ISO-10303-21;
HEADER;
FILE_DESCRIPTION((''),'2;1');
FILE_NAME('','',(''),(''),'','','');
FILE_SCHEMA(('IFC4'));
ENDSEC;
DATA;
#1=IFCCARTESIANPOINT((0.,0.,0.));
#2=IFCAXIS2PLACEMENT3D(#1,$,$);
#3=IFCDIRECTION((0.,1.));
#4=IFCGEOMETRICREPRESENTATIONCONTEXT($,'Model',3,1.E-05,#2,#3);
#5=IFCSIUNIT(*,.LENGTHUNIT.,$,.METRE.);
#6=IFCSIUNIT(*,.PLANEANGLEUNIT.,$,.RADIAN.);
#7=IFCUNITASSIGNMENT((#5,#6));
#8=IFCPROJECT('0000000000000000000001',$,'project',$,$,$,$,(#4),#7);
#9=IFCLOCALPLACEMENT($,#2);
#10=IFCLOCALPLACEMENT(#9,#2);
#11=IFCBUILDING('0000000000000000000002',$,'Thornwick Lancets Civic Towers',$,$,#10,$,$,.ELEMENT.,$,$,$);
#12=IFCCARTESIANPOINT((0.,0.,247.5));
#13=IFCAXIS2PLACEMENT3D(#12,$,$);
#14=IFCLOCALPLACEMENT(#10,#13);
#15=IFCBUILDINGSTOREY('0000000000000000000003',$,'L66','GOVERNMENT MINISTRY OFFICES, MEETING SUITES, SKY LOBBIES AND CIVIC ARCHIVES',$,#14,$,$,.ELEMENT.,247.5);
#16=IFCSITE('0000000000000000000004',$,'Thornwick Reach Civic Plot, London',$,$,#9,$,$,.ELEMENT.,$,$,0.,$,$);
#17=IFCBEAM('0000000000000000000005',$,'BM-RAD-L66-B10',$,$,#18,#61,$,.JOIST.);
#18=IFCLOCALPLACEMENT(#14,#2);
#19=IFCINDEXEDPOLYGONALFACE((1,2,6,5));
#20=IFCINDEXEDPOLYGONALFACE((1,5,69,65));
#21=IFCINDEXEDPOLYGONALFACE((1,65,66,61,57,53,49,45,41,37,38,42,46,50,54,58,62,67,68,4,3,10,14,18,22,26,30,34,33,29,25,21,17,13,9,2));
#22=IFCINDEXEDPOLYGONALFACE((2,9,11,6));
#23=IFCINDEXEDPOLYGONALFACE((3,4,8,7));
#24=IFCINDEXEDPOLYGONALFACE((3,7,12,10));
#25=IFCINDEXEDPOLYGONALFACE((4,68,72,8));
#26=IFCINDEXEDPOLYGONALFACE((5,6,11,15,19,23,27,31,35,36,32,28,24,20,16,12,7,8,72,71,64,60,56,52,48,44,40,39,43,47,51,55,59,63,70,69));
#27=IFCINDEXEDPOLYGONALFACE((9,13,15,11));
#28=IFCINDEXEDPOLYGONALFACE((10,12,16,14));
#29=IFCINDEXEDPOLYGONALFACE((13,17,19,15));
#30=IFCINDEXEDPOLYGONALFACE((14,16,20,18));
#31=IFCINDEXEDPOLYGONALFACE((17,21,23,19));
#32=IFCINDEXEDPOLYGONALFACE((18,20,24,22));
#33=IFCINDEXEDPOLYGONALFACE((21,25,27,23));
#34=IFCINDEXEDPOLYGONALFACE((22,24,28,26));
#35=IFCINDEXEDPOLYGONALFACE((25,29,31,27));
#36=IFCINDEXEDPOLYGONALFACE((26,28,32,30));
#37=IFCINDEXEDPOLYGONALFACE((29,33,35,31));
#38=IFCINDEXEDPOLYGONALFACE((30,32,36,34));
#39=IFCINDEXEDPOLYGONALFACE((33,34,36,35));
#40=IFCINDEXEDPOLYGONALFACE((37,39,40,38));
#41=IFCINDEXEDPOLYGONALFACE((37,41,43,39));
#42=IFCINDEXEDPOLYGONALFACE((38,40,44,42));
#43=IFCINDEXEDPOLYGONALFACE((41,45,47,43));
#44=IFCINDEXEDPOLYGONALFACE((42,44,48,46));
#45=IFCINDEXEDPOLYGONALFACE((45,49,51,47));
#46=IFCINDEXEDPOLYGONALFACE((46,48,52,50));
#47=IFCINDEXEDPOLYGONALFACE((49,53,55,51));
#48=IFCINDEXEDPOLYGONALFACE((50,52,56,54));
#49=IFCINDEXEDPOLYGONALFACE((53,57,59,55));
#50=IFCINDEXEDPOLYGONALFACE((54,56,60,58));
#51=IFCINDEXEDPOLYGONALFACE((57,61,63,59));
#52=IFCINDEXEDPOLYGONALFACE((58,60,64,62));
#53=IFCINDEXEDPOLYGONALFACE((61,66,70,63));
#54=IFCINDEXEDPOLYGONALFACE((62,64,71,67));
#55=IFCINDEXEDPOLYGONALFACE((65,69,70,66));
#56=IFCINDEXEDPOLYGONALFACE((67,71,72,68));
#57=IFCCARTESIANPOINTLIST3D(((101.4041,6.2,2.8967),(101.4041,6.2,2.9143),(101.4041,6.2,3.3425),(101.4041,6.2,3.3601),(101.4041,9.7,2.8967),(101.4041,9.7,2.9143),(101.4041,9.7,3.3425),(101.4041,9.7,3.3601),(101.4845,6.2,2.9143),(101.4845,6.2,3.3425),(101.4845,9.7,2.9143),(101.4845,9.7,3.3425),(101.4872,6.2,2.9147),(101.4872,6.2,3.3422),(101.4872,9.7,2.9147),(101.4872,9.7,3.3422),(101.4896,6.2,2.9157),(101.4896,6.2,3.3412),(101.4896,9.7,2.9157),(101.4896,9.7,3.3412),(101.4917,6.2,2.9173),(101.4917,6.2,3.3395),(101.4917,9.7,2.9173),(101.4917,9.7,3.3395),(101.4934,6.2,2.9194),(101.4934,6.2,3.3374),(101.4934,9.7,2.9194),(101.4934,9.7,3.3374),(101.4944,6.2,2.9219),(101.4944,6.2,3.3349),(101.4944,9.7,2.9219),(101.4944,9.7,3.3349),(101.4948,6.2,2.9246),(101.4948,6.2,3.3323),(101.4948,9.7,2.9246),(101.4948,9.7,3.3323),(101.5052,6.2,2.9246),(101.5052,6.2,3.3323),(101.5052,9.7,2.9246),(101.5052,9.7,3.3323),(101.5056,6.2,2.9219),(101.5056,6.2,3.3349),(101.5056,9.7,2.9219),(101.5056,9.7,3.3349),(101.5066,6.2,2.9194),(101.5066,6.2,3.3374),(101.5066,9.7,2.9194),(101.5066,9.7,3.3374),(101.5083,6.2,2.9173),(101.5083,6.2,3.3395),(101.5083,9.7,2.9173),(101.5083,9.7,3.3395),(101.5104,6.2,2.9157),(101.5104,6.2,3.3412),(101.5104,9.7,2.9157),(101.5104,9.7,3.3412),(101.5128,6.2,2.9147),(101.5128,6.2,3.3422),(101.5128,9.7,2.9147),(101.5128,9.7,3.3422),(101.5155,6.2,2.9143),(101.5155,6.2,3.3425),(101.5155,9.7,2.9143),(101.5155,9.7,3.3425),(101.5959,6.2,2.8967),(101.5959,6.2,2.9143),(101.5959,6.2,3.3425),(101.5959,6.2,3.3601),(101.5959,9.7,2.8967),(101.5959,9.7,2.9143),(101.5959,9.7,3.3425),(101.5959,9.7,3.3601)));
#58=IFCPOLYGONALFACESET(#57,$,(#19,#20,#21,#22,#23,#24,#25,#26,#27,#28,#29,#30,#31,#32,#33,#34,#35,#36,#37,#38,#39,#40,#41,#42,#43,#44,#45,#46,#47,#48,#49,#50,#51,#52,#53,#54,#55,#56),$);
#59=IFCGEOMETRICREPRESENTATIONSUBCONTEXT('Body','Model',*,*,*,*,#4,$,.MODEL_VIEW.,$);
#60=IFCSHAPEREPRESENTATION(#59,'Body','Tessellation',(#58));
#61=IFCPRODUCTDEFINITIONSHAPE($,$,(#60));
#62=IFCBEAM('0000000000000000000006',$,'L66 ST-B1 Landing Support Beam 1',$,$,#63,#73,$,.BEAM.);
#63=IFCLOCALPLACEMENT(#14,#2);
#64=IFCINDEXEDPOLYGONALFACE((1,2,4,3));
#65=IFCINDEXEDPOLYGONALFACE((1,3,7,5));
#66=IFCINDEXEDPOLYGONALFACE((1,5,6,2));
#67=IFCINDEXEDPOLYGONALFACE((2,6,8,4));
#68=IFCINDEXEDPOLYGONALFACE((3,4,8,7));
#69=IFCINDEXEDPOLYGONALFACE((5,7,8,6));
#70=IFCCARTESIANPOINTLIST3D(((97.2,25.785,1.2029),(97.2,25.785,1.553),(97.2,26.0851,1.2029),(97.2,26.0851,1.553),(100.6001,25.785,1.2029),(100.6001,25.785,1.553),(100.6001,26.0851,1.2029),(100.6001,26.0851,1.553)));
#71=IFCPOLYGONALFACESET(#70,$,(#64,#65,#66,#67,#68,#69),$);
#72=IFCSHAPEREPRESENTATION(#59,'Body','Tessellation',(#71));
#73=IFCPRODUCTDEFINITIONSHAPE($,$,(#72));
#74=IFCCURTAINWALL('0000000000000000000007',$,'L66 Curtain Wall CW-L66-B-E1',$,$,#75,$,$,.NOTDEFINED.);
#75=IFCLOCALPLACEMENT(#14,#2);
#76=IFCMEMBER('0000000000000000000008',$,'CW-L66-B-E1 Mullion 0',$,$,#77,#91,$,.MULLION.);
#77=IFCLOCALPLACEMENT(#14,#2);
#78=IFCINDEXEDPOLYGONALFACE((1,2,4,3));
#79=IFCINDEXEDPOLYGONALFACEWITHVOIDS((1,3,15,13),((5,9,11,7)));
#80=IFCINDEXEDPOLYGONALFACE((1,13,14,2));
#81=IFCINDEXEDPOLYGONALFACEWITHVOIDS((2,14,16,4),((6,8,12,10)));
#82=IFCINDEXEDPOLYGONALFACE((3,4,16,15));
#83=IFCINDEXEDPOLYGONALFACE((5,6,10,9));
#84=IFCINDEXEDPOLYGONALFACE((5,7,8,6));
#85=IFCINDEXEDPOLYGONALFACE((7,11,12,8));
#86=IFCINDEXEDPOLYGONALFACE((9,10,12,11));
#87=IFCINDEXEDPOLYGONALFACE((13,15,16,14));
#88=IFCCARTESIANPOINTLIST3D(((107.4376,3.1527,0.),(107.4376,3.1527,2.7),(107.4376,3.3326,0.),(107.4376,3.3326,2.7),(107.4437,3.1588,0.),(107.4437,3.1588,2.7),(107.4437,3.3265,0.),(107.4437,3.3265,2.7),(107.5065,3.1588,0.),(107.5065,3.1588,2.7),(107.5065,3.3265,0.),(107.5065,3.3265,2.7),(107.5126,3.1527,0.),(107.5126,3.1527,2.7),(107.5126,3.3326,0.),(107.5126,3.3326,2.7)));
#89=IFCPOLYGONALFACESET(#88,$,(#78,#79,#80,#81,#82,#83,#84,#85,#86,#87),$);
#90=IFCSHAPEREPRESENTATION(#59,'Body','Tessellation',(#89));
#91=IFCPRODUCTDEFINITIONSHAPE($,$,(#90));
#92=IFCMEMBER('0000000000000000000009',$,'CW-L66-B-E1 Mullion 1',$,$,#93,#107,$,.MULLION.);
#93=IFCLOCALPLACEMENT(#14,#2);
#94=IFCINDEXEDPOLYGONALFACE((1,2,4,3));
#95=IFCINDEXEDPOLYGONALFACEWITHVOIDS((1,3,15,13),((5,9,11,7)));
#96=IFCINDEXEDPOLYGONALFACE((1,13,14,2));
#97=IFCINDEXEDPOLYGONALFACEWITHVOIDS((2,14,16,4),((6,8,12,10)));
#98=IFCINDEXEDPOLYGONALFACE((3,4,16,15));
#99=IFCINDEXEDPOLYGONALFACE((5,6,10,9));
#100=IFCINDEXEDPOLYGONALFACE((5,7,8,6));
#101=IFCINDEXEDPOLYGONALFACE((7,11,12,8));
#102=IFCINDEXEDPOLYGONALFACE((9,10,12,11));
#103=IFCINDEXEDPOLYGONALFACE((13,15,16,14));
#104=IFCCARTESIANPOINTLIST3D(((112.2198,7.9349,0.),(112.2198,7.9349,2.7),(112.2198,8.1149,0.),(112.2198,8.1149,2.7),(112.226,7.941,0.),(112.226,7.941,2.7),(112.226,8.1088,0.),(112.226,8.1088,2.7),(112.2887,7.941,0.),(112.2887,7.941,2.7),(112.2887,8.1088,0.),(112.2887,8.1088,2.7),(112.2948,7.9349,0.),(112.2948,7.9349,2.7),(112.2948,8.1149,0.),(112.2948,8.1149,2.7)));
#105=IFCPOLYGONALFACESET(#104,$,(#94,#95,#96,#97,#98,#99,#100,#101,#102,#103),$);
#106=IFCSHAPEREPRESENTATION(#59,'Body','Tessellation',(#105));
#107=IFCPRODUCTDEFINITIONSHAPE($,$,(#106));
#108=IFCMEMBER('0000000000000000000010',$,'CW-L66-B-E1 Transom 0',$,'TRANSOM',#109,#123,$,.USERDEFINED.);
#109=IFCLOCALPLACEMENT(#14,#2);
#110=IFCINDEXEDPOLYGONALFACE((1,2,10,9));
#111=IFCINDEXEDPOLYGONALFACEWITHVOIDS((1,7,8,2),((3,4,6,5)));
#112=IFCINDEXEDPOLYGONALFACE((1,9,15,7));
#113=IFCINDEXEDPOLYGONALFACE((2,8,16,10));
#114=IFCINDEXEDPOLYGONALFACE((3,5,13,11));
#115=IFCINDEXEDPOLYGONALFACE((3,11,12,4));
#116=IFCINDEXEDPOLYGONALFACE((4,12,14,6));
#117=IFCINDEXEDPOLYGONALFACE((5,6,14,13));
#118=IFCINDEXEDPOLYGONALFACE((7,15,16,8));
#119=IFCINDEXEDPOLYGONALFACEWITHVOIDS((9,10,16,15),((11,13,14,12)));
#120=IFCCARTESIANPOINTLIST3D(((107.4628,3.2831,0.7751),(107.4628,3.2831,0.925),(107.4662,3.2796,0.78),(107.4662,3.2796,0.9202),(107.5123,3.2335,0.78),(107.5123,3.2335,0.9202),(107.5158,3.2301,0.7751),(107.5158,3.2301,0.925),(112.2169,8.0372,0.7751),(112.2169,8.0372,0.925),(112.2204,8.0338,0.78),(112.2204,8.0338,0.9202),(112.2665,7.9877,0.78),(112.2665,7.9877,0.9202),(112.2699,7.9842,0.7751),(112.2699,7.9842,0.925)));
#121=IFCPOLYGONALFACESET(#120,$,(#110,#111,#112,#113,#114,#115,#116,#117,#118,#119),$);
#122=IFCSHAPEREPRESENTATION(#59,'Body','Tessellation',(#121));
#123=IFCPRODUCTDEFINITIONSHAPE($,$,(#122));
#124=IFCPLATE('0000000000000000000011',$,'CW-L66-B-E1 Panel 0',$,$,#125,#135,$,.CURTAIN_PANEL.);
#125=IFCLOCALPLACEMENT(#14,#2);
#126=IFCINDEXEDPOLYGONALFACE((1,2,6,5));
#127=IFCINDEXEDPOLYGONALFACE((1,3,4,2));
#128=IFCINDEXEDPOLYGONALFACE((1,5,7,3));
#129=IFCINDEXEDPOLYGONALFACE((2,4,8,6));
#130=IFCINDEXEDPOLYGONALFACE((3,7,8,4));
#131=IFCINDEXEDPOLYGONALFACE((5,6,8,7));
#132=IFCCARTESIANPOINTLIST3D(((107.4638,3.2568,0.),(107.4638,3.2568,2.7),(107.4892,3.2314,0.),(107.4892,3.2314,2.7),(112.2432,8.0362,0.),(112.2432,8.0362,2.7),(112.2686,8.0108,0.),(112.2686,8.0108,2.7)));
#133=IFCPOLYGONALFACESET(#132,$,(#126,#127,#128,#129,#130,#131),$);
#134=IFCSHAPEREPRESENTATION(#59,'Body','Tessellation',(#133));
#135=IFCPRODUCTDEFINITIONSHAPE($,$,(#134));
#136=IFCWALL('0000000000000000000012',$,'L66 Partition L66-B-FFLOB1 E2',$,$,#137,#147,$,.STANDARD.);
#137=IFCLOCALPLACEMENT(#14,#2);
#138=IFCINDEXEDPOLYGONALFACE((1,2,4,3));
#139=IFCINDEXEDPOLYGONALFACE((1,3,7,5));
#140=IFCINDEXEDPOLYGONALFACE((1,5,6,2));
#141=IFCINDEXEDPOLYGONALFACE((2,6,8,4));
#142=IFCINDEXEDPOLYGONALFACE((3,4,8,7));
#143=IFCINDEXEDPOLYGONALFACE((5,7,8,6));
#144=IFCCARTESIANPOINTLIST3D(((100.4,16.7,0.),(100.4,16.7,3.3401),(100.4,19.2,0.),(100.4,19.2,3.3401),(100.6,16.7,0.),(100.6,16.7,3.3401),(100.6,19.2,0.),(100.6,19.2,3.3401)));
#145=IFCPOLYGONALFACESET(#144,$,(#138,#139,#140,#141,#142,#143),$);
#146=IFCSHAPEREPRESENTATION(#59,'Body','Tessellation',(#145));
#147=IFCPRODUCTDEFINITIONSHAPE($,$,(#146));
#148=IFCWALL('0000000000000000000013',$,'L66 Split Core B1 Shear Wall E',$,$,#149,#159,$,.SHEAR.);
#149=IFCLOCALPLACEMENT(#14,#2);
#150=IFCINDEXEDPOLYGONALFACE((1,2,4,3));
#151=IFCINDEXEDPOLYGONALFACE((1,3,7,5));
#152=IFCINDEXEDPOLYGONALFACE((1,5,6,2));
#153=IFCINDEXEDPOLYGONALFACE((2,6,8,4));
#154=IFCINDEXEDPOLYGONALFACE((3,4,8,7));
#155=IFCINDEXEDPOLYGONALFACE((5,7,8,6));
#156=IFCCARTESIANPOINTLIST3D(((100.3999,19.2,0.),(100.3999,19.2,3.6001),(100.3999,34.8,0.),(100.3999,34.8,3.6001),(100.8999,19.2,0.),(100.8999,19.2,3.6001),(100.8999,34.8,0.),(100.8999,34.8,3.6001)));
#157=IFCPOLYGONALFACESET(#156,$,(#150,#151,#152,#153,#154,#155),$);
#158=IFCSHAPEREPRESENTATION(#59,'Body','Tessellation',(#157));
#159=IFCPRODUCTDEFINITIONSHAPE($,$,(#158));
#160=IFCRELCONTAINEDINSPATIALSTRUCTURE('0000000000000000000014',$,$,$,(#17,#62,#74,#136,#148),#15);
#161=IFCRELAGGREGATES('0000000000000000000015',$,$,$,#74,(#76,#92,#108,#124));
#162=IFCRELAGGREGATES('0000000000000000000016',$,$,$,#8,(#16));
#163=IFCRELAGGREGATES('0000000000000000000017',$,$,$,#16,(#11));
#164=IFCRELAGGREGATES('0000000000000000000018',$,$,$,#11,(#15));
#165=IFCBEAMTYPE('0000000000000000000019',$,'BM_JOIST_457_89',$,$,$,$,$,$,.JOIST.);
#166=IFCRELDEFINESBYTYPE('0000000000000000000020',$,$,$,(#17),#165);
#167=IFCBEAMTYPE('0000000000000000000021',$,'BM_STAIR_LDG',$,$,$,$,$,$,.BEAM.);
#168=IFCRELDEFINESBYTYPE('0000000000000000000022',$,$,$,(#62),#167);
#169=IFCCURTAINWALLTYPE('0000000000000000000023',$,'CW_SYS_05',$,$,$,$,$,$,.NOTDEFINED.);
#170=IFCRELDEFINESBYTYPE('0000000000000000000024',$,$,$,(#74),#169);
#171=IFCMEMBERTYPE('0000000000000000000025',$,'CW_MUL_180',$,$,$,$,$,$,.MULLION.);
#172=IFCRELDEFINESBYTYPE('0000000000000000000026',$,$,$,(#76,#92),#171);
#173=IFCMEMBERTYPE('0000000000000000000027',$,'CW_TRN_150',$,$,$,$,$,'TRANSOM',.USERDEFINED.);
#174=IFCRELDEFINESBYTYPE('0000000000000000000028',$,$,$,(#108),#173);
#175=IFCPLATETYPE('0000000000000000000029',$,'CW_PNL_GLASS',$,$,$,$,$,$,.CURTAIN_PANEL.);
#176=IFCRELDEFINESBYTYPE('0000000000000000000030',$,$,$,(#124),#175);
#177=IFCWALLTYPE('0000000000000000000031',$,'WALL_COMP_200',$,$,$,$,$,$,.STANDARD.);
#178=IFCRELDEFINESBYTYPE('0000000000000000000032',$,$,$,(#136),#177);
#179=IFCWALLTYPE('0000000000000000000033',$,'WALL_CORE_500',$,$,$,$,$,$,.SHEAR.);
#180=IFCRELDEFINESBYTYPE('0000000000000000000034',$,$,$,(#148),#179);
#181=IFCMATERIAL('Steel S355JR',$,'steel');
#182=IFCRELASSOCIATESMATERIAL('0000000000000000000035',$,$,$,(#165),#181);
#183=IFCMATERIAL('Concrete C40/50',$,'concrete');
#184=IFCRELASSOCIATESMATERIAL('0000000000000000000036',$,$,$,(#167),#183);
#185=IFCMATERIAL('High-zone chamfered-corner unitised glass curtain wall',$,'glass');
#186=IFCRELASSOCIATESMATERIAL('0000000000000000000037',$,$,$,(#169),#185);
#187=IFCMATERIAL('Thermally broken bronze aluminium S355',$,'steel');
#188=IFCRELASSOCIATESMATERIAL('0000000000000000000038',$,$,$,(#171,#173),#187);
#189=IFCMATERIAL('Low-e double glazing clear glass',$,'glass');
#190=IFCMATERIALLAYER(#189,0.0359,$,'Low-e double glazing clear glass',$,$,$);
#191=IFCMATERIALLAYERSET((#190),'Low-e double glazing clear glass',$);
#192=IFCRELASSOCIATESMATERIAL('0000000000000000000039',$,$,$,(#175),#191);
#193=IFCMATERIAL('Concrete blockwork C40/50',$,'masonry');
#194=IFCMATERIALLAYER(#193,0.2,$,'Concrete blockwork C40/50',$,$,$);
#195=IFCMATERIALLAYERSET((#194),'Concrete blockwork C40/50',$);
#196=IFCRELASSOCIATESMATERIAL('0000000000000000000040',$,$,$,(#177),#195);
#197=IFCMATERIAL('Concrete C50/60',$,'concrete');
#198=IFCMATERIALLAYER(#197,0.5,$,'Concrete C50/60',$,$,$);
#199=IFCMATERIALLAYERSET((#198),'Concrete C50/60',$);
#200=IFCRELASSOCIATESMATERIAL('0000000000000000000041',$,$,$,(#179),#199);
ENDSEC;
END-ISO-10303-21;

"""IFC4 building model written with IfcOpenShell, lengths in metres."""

from ifc_helpers import new_model, si_unit, direction, frame, frame_2d, origin, origin_2d, place, context, subcontext, project, spatial, rectangle, hollow_rectangle, i_section, extrude, material, layer, layer_set, material_profile, profile_set, type_object, element, aggregate, save


model = new_model("IFC4")

# Units and contexts
model_context = context("Model", 3, precision=1e-05, world=origin(), true_north=direction((0.0, 1.0)))
body_context = subcontext(model_context, "Body", "Model", "MODEL_VIEW")
ifc_project = project(units=[si_unit("LENGTHUNIT", "METRE"), si_unit("PLANEANGLEUNIT", "RADIAN")], contexts=[model_context])

# Site, building, storey
site_placement = place(None, origin())
site = spatial("IfcSite", under=ifc_project, at=site_placement, Name="Thornwick Reach Civic Plot, London", CompositionType="ELEMENT", RefElevation=0.0)
building_placement = place(site_placement, origin())
building = spatial("IfcBuilding", under=site, at=building_placement, Name="Thornwick Lancets Civic Towers", CompositionType="ELEMENT")
storey_placement = place(building_placement, frame((0.0, 0.0, 247.5)))
storey = spatial("IfcBuildingStorey", under=building, at=storey_placement, Name="L66", Description="GOVERNMENT MINISTRY OFFICES, MEETING SUITES, SKY LOBBIES AND CIVIC ARCHIVES", CompositionType="ELEMENT", Elevation=247.5)

# Shared definitions
ifc_material_1 = material(Name="Concrete C50/60", Category="concrete")
ifc_material_2 = material(Name="Steel S355JR", Category="steel")

# Beams
ifc_material_profile_1 = material_profile(ifc_material_2, i_section(OverallWidth=0.1919, OverallDepth=0.4634, WebThickness=0.0105, FlangeThickness=0.0176, FilletRadius=0.0103, at=origin_2d()), Name="UKB 457x191x89")
ifc_profile_set_1 = profile_set([ifc_material_profile_1], Name="Steel S355JR")
beam_type_1 = type_object("IfcBeamType", Name="BM_JOIST_457_89", PredefinedType="JOIST", material=ifc_profile_set_1)
for number, where, z_axis, x_axis, name in (
    (1, (101.5, 9.7, 3.1284), (0.0, -1.0, 0.0), (1.0, 0.0, 0.0), "BM-RAD-L66-B10"),
):
    element("IfcBeam", number, at=place(storey_placement, frame(where, z_axis=z_axis, x_axis=x_axis)), inside=storey, type_object=beam_type_1, Name=name, PredefinedType="JOIST", context=body_context, shape_type="SweptSolid", body=[
        extrude(i_section(OverallWidth=0.1919, OverallDepth=0.4634, WebThickness=0.0105, FlangeThickness=0.0176, FilletRadius=0.0103, at=origin_2d()), origin(), (0.0, 0.0, 1.0), 3.5),
    ])
ifc_material_3 = material(Name="Concrete C40/50", Category="concrete")
ifc_material_profile_2 = material_profile(ifc_material_3, rectangle(XDim=0.3, YDim=0.3501, at=origin_2d()), Name="RC 300x350")
ifc_profile_set_2 = profile_set([ifc_material_profile_2], Name="Concrete C40/50")
beam_type_2 = type_object("IfcBeamType", Name="BM_STAIR_LDG", PredefinedType="BEAM", material=ifc_profile_set_2)
beam_placement = place(storey_placement, frame((100.6001, 25.9351, 1.3779), z_axis=(-1.0, 0.0, 0.0), x_axis=(0.0, -1.0, 0.0)))
element("IfcBeam", 2, at=beam_placement, inside=storey, type_object=beam_type_2, Name="L66 ST-B1 Landing Support Beam 1", PredefinedType="BEAM", context=body_context, shape_type="SweptSolid", body=[
    extrude(rectangle(XDim=0.3, YDim=0.3501, at=origin_2d()), origin(), (0.0, 0.0, 1.0), 3.4001),
])

# Curtain wall, members, plate
ifc_material_4 = material(Name="High-zone chamfered-corner unitised glass curtain wall", Category="glass")
curtain_wall_type = type_object("IfcCurtainWallType", Name="CW_SYS_05", PredefinedType="NOTDEFINED", material=ifc_material_4)
curtain_wall_placement = place(storey_placement, origin())
curtain_wall = element("IfcCurtainWall", 3, at=curtain_wall_placement, inside=storey, type_object=curtain_wall_type, Name="L66 Curtain Wall CW-L66-B-E1", PredefinedType="NOTDEFINED")
ifc_material_5 = material(Name="Thermally broken bronze aluminium S355", Category="steel")
ifc_material_profile_3 = material_profile(ifc_material_5, hollow_rectangle(XDim=0.075, YDim=0.1799, WallThickness=0.0061, at=origin_2d()), Name="RHS 180x75x6")
ifc_profile_set_3 = profile_set([ifc_material_profile_3], Name="Thermally broken bronze aluminium S355")
member_type_1 = type_object("IfcMemberType", Name="CW_MUL_180", PredefinedType="MULLION", material=ifc_profile_set_3)
member_1_placement = place(storey_placement, frame((107.4751, 3.2427, 0.0), z_axis=(0.0, 0.0, 1.0), x_axis=(1.0, 0.0, 0.0)))
member_1 = element("IfcMember", 4, at=member_1_placement, type_object=member_type_1, Name="CW-L66-B-E1 Mullion 0", PredefinedType="MULLION", context=body_context, shape_type="SweptSolid", body=[
    extrude(hollow_rectangle(XDim=0.075, YDim=0.1799, WallThickness=0.0061, at=origin_2d()), origin(), (0.0, 0.0, 1.0), 2.7),
])
member_2_placement = place(storey_placement, frame((112.2573, 8.0249, 0.0), z_axis=(0.0, 0.0, 1.0), x_axis=(1.0, 0.0, 0.0)))
member_2 = element("IfcMember", 5, at=member_2_placement, type_object=member_type_1, Name="CW-L66-B-E1 Mullion 1", PredefinedType="MULLION", context=body_context, shape_type="SweptSolid", body=[
    extrude(hollow_rectangle(XDim=0.075, YDim=0.1799, WallThickness=0.0061, at=origin_2d()), origin(), (0.0, 0.0, 1.0), 2.7),
])
ifc_material_profile_4 = material_profile(ifc_material_5, hollow_rectangle(XDim=0.075, YDim=0.1499, WallThickness=0.0049, at=origin_2d()), Name="RHS 150x75x5")
ifc_profile_set_4 = profile_set([ifc_material_profile_4], Name="Thermally broken bronze aluminium S355")
member_type_2 = type_object("IfcMemberType", Name="CW_TRN_150", ElementType="TRANSOM", PredefinedType="USERDEFINED", material=ifc_profile_set_4)
member_3_placement = place(storey_placement, frame((107.4893, 3.2566, 0.8501), z_axis=(0.707107, 0.707107, 0.0), x_axis=(-0.707107, 0.707107, 0.0)))
member_3 = element("IfcMember", 6, at=member_3_placement, type_object=member_type_2, Name="CW-L66-B-E1 Transom 0", ObjectType="TRANSOM", PredefinedType="USERDEFINED", context=body_context, shape_type="SweptSolid", body=[
    extrude(hollow_rectangle(XDim=0.075, YDim=0.1499, WallThickness=0.0049, at=origin_2d()), origin(), (0.0, 0.0, 1.0), 6.7234),
])
ifc_material_6 = material(Name="Low-e double glazing clear glass", Category="glass")
ifc_layer_1 = layer(ifc_material_6, 0.0359, Name="Low-e double glazing clear glass")
ifc_layer_set_1 = layer_set([ifc_layer_1], Name="Low-e double glazing clear glass")
plate_type = type_object("IfcPlateType", Name="CW_PNL_GLASS", PredefinedType="CURTAIN_PANEL", material=ifc_layer_set_1)
plate_placement = place(storey_placement, frame((109.8662, 5.6338, 0.0), z_axis=(0.0, 0.0, 1.0), x_axis=(0.707107, 0.707107, 0.0)))
plate = element("IfcPlate", 7, at=plate_placement, type_object=plate_type, Name="CW-L66-B-E1 Panel 0", PredefinedType="CURTAIN_PANEL", context=body_context, shape_type="SweptSolid", body=[
    extrude(rectangle(XDim=6.759, YDim=0.0359, at=origin_2d()), origin(), (0.0, 0.0, 1.0), 2.7),
])
aggregate(curtain_wall, [member_1, member_2, member_3, plate])

# Walls
ifc_material_7 = material(Name="Concrete blockwork C40/50", Category="masonry")
ifc_layer_2 = layer(ifc_material_7, 0.2, Name="Concrete blockwork C40/50")
ifc_layer_set_2 = layer_set([ifc_layer_2], Name="Concrete blockwork C40/50")
wall_type_1 = type_object("IfcWallType", Name="WALL_COMP_200", PredefinedType="STANDARD", material=ifc_layer_set_2)
wall_1_placement = place(storey_placement, frame((100.5, 16.7, 0.0), z_axis=(0.0, 0.0, 1.0), x_axis=(0.0, 1.0, 0.0)))
element("IfcWall", 8, at=wall_1_placement, inside=storey, type_object=wall_type_1, Name="L66 Partition L66-B-FFLOB1 E2", PredefinedType="STANDARD", context=body_context, shape_type="SweptSolid", body=[
    extrude(rectangle(XDim=2.5, YDim=0.2, at=frame_2d((1.25, 0.0))), origin(), (0.0, 0.0, 1.0), 3.3401),
])
ifc_layer_3 = layer(ifc_material_1, 0.5, Name="Concrete C50/60")
ifc_layer_set_3 = layer_set([ifc_layer_3], Name="Concrete C50/60")
wall_type_2 = type_object("IfcWallType", Name="WALL_CORE_500", PredefinedType="SHEAR", material=ifc_layer_set_3)
wall_2_placement = place(storey_placement, frame((100.6499, 19.2, 0.0), z_axis=(0.0, 0.0, 1.0), x_axis=(0.0, 1.0, 0.0)))
element("IfcWall", 9, at=wall_2_placement, inside=storey, type_object=wall_type_2, Name="L66 Split Core B1 Shear Wall E", PredefinedType="SHEAR", context=body_context, shape_type="SweptSolid", body=[
    extrude(rectangle(XDim=15.6001, YDim=0.5, at=frame_2d((7.8, 0.0))), origin(), (0.0, 0.0, 1.0), 3.6001),
])

save(model, "model.ifc")
